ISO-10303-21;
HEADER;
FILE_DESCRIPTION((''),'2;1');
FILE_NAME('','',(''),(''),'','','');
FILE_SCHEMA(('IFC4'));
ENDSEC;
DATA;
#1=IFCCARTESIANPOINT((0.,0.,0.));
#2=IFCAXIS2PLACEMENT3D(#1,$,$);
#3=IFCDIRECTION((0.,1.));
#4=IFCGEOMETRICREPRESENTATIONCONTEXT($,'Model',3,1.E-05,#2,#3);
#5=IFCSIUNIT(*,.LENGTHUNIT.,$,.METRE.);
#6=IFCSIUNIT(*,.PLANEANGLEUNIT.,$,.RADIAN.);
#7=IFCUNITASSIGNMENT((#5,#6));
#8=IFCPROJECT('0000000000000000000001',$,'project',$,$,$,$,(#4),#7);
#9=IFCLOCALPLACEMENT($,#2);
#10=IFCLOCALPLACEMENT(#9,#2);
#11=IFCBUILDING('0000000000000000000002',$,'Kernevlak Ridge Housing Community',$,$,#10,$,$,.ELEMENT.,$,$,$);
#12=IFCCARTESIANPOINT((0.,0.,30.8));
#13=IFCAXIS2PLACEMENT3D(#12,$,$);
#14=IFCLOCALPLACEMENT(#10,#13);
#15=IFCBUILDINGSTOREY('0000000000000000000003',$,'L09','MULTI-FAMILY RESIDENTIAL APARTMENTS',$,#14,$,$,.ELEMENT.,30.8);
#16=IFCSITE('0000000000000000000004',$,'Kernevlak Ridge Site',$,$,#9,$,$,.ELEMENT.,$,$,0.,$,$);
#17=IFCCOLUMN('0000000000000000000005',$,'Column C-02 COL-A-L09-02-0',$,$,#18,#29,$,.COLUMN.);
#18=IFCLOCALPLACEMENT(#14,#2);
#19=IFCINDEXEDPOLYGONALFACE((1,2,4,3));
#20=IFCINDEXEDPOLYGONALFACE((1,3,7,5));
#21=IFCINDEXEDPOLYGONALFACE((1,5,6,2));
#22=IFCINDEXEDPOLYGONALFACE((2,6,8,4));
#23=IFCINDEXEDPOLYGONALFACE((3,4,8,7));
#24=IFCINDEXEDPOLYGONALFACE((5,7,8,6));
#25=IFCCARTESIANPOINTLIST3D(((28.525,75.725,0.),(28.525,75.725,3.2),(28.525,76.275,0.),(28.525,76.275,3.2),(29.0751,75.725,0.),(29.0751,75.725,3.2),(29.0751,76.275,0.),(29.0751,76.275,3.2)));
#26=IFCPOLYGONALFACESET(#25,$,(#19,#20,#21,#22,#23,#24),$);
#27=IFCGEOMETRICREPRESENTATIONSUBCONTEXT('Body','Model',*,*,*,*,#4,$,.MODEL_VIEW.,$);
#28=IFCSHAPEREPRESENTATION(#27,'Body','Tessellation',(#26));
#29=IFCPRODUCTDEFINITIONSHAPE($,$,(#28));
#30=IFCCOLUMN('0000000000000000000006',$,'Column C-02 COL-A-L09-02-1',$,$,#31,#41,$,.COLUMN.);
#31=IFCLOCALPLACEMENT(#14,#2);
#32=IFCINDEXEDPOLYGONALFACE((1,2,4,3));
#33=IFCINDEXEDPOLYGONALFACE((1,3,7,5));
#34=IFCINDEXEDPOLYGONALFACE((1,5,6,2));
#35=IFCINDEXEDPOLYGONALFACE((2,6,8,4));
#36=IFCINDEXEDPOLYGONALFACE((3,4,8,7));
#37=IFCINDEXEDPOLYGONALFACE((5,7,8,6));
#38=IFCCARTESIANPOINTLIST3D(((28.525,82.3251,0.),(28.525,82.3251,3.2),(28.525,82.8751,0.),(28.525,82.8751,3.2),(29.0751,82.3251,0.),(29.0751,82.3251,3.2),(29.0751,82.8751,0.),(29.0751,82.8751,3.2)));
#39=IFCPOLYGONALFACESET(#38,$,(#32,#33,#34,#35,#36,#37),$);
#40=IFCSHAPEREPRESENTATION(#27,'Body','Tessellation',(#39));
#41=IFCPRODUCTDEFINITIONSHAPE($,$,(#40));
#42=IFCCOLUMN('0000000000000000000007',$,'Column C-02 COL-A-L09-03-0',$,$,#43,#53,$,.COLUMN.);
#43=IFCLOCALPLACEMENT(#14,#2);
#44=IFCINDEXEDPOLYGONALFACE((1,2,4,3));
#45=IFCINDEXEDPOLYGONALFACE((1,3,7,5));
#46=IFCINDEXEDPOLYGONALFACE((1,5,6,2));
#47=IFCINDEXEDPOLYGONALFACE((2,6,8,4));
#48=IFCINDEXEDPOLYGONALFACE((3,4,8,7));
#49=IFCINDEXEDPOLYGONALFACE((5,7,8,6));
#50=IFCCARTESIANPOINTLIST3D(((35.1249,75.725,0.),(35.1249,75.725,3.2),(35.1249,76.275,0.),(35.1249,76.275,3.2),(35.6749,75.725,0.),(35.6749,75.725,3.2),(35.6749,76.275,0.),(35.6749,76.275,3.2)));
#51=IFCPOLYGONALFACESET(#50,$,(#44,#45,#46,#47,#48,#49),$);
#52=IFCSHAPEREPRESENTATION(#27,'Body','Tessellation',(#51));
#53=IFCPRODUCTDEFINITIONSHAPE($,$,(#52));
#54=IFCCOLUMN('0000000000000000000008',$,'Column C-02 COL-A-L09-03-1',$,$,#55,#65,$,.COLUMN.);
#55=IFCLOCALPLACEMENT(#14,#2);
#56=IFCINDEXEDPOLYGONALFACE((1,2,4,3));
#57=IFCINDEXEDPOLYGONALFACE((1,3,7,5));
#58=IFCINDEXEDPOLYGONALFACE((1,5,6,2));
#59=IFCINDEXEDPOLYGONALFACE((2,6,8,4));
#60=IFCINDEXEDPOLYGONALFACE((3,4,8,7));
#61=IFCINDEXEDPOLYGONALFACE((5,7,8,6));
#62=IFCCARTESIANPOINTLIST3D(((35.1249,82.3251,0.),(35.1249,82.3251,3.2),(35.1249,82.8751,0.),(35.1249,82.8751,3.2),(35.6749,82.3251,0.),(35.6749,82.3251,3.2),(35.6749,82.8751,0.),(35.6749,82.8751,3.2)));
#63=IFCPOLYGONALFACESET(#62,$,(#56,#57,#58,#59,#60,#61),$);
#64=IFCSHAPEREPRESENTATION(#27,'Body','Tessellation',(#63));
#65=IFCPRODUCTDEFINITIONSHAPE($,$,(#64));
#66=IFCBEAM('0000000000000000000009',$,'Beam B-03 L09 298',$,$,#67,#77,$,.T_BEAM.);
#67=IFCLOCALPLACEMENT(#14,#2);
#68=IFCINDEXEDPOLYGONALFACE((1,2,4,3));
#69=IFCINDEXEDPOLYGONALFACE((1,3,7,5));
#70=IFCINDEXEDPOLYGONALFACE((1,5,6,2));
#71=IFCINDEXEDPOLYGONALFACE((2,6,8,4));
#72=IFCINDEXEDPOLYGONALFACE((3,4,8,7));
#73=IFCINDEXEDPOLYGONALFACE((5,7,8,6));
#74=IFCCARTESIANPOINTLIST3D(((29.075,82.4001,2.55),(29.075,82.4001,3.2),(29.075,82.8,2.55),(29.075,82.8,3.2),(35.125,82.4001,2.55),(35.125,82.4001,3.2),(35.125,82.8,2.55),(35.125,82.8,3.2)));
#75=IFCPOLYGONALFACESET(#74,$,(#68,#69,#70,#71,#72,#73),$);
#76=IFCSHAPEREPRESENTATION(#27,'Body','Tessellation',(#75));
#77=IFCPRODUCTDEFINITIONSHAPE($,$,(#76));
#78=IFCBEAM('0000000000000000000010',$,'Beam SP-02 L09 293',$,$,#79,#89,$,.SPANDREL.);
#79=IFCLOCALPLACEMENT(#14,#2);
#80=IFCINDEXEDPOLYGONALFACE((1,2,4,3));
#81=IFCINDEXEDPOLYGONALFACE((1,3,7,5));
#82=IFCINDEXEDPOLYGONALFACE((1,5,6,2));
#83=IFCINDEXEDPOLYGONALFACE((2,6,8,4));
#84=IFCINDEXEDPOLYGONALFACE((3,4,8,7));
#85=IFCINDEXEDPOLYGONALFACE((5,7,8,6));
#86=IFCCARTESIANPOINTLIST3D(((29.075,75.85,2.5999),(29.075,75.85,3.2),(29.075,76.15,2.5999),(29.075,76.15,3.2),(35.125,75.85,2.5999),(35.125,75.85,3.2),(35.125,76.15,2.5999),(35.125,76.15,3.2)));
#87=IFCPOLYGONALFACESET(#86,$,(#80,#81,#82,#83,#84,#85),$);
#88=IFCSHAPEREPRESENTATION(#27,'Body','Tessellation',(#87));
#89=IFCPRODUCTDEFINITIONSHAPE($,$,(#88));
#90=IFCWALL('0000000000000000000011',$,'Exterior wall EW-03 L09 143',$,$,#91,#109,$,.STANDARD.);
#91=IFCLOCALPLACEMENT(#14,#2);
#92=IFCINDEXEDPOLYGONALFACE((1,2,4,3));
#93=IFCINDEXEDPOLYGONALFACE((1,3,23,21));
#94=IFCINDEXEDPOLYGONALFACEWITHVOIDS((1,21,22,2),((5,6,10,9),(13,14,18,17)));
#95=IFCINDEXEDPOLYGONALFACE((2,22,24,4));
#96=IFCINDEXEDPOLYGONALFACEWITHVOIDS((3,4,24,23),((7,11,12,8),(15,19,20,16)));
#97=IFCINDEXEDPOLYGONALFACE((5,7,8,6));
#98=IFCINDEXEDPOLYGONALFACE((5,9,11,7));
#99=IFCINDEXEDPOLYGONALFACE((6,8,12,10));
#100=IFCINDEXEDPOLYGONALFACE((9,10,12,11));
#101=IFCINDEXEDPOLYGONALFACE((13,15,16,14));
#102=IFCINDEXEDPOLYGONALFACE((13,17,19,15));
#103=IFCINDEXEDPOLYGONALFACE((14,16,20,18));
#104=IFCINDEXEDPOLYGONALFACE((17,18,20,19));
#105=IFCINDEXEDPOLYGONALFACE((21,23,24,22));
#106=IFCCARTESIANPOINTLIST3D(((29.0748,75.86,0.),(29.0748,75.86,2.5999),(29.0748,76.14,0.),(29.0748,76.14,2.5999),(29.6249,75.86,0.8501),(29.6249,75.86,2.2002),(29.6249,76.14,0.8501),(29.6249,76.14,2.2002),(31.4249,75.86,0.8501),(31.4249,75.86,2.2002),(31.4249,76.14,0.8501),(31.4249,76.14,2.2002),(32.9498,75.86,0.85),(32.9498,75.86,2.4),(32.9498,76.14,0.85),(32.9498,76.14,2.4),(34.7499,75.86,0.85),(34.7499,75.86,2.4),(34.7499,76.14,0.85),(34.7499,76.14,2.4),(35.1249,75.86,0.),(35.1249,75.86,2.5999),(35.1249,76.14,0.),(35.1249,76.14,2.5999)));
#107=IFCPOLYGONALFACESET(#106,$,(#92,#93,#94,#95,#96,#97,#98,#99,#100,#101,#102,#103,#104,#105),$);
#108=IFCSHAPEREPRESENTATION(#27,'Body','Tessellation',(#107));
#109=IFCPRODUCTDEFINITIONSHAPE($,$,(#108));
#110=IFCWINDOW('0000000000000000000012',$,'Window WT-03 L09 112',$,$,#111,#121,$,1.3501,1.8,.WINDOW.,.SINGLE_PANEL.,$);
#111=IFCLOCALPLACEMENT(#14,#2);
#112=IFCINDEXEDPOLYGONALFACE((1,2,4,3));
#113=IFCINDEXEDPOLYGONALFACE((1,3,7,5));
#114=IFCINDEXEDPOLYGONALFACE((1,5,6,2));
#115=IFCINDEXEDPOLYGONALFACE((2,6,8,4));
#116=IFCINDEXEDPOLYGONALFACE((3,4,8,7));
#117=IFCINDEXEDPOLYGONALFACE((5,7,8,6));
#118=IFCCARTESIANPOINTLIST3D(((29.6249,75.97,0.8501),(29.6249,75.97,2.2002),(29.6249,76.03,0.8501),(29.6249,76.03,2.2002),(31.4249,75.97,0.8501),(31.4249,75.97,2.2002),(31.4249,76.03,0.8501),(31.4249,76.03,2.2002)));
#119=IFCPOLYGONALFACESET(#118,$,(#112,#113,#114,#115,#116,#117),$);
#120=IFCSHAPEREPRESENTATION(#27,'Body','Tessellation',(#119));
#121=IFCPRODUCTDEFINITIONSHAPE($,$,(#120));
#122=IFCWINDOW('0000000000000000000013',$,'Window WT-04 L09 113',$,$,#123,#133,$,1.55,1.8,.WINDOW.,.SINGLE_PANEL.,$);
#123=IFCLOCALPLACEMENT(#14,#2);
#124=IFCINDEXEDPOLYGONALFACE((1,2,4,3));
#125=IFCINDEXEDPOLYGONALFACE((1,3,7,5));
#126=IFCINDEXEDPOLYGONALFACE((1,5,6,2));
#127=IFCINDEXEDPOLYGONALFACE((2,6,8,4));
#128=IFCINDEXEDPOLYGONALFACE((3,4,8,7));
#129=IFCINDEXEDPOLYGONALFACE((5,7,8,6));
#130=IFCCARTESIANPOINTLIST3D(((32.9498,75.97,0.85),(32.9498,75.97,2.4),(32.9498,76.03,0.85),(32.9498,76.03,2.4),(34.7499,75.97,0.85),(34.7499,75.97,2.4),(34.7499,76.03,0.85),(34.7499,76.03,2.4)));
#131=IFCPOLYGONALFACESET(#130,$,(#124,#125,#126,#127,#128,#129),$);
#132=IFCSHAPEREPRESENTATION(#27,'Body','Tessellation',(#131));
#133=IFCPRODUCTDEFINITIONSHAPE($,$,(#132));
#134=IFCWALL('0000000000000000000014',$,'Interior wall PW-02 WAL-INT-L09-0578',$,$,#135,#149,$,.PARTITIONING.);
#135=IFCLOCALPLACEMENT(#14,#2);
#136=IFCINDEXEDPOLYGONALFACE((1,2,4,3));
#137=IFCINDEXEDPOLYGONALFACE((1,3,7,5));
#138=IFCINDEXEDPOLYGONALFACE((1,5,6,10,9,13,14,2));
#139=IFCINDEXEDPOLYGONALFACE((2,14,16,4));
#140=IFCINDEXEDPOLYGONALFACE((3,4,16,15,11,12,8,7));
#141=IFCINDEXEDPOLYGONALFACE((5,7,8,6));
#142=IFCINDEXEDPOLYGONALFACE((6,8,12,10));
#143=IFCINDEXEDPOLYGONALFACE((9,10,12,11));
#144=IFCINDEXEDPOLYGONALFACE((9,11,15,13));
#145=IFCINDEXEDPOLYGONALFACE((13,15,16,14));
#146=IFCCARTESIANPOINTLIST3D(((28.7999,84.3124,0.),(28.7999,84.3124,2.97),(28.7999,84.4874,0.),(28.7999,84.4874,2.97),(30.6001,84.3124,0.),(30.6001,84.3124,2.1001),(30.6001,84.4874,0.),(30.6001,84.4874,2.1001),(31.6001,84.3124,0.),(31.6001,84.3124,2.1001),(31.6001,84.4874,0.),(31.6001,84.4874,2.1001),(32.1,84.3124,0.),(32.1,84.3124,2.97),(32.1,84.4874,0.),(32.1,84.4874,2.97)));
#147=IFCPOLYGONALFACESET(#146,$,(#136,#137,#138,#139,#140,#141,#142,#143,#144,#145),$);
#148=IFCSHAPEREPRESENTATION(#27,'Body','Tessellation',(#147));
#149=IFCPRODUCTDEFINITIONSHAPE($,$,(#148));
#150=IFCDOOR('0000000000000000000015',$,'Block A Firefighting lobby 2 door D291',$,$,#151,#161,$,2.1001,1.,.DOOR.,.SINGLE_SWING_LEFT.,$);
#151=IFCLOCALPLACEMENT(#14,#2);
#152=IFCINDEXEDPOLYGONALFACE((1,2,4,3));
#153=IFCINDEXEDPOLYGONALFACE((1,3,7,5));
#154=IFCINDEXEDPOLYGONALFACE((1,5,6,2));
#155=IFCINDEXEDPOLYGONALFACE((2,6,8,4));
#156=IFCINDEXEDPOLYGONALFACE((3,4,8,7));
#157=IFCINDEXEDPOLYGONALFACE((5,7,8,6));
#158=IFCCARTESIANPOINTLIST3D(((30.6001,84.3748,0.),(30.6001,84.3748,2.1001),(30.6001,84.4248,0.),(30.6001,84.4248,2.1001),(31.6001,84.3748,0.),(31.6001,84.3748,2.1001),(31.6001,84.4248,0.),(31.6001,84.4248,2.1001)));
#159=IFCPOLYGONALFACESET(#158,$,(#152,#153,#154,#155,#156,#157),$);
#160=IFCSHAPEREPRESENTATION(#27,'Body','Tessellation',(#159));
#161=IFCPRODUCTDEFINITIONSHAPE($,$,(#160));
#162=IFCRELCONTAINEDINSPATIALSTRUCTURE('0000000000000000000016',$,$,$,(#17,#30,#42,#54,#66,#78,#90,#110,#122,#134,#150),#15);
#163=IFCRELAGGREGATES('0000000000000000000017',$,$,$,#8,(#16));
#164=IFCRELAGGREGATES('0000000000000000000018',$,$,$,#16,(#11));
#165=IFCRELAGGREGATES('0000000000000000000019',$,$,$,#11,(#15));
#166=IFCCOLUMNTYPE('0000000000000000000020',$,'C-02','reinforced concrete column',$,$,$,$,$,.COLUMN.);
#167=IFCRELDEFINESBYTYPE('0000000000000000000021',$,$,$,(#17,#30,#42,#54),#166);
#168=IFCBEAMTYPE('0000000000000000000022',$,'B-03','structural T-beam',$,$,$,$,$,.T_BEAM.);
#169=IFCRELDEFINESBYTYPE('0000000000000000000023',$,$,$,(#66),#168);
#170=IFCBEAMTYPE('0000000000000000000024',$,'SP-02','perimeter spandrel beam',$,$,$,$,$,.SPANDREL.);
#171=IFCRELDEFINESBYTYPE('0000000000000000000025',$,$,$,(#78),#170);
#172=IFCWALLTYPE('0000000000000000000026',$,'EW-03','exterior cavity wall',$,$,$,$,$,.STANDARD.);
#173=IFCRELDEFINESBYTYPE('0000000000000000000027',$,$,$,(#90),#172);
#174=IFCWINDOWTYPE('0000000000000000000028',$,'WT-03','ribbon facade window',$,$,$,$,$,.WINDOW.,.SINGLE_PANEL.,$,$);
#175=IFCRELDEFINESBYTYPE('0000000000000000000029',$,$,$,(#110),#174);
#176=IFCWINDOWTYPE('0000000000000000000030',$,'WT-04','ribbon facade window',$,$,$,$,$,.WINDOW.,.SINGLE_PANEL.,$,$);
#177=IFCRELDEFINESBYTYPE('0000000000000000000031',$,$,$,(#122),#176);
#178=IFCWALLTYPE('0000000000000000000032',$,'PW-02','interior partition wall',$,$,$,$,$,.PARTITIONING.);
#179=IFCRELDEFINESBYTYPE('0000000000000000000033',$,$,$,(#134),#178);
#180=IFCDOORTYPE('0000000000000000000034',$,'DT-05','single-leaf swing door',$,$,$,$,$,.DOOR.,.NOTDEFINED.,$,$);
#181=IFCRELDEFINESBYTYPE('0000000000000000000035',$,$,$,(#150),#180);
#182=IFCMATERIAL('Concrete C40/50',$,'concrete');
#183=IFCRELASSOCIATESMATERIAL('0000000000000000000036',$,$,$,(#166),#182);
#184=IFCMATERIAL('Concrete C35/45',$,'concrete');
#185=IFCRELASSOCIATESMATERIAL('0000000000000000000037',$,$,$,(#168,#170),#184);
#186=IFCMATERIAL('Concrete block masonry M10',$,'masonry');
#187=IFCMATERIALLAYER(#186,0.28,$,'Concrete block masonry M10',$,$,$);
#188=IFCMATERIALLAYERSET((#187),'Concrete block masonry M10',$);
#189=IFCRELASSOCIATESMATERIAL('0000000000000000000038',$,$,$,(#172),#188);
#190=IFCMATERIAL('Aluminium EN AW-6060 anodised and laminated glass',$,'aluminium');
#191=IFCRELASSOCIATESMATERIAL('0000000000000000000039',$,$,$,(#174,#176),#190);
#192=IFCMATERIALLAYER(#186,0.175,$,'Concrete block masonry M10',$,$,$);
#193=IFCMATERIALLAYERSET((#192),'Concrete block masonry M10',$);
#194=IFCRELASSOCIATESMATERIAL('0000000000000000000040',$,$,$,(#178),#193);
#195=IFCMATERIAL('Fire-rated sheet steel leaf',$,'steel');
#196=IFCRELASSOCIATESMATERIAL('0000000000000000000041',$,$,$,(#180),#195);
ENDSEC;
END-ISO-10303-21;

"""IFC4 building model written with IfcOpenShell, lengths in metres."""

from ifc_helpers import new_model, si_unit, direction, frame, frame_2d, origin, origin_2d, place, context, subcontext, project, spatial, rectangle, extrude, material, layer, layer_set, material_profile, profile_set, type_object, element, fill, save


model = new_model("IFC4")

# Units and contexts
model_context = context("Model", 3, precision=1e-05, world=origin(), true_north=direction((0.0, 1.0)))
body_context = subcontext(model_context, "Body", "Model", "MODEL_VIEW")
ifc_project = project(units=[si_unit("LENGTHUNIT", "METRE"), si_unit("PLANEANGLEUNIT", "RADIAN")], contexts=[model_context])

# Site, building, storey
site_placement = place(None, origin())
site = spatial("IfcSite", under=ifc_project, at=site_placement, Name="Kernevlak Ridge Site", CompositionType="ELEMENT", RefElevation=0.0)
building_placement = place(site_placement, origin())
building = spatial("IfcBuilding", under=site, at=building_placement, Name="Kernevlak Ridge Housing Community", CompositionType="ELEMENT")
storey_placement = place(building_placement, frame((0.0, 0.0, 30.8)))
storey = spatial("IfcBuildingStorey", under=building, at=storey_placement, Name="L09", Description="MULTI-FAMILY RESIDENTIAL APARTMENTS", CompositionType="ELEMENT", Elevation=30.8)

# Columns
ifc_material_1 = material(Name="Concrete C40/50", Category="concrete")
ifc_material_profile_1 = material_profile(ifc_material_1, rectangle(XDim=0.55, YDim=0.55, at=origin_2d()), Name="RC 550x550")
ifc_profile_set_1 = profile_set([ifc_material_profile_1], Name="Concrete C40/50")
column_type = type_object("IfcColumnType", Name="C-02", Description="reinforced concrete column", PredefinedType="COLUMN", material=ifc_profile_set_1)
for number, where, z_axis, x_axis, name in (
    (1, (28.8, 76.0, 0.0), (0.0, 0.0, 1.0), (1.0, 0.0, 0.0), "Column C-02 COL-A-L09-02-0"),
    (2, (28.8, 82.6001, 0.0), (0.0, 0.0, 1.0), (1.0, 0.0, 0.0), "Column C-02 COL-A-L09-02-1"),
    (3, (35.3999, 76.0, 0.0), (0.0, 0.0, 1.0), (1.0, 0.0, 0.0), "Column C-02 COL-A-L09-03-0"),
    (4, (35.3999, 82.6001, 0.0), (0.0, 0.0, 1.0), (1.0, 0.0, 0.0), "Column C-02 COL-A-L09-03-1"),
):
    element("IfcColumn", number, at=place(storey_placement, frame(where, z_axis=z_axis, x_axis=x_axis)), inside=storey, type_object=column_type, Name=name, PredefinedType="COLUMN", context=body_context, shape_type="SweptSolid", body=[
        extrude(rectangle(XDim=0.55, YDim=0.55, at=origin_2d()), origin(), (0.0, 0.0, 1.0), 3.2),
    ])

# Beams
ifc_material_2 = material(Name="Concrete C35/45", Category="concrete")
ifc_material_profile_2 = material_profile(ifc_material_2, rectangle(XDim=0.3999, YDim=0.6499, at=origin_2d()), Name="RC 400x650")
ifc_profile_set_2 = profile_set([ifc_material_profile_2], Name="Concrete C35/45")
beam_type_1 = type_object("IfcBeamType", Name="B-03", Description="structural T-beam", PredefinedType="T_BEAM", material=ifc_profile_set_2)
beam_1_placement = place(storey_placement, frame((29.075, 82.6001, 2.875), z_axis=(1.0, 0.0, 0.0), x_axis=(0.0, 1.0, 0.0)))
element("IfcBeam", 5, at=beam_1_placement, inside=storey, type_object=beam_type_1, Name="Beam B-03 L09 298", PredefinedType="T_BEAM", context=body_context, shape_type="SweptSolid", body=[
    extrude(rectangle(XDim=0.3999, YDim=0.6499, at=origin_2d()), origin(), (0.0, 0.0, 1.0), 6.05),
])
ifc_material_profile_3 = material_profile(ifc_material_2, rectangle(XDim=0.3, YDim=0.6001, at=origin_2d()), Name="RC 300x600")
ifc_profile_set_3 = profile_set([ifc_material_profile_3], Name="Concrete C35/45")
beam_type_2 = type_object("IfcBeamType", Name="SP-02", Description="perimeter spandrel beam", PredefinedType="SPANDREL", material=ifc_profile_set_3)
beam_2_placement = place(storey_placement, frame((29.075, 76.0, 2.8999), z_axis=(1.0, 0.0, 0.0), x_axis=(0.0, 1.0, 0.0)))
element("IfcBeam", 6, at=beam_2_placement, inside=storey, type_object=beam_type_2, Name="Beam SP-02 L09 293", PredefinedType="SPANDREL", context=body_context, shape_type="SweptSolid", body=[
    extrude(rectangle(XDim=0.3, YDim=0.6001, at=origin_2d()), origin(), (0.0, 0.0, 1.0), 6.05),
])

# Wall, openings, windows
ifc_material_3 = material(Name="Concrete block masonry M10", Category="masonry")
ifc_layer_1 = layer(ifc_material_3, 0.28, Name="Concrete block masonry M10")
ifc_layer_set_1 = layer_set([ifc_layer_1], Name="Concrete block masonry M10")
wall_type_1 = type_object("IfcWallType", Name="EW-03", Description="exterior cavity wall", PredefinedType="STANDARD", material=ifc_layer_set_1)
wall_1_placement = place(storey_placement, frame((29.075, 76.0, 0.0), z_axis=(0.0, 0.0, 1.0), x_axis=(1.0, 0.0, 0.0)))
wall_1 = element("IfcWall", 7, at=wall_1_placement, inside=storey, type_object=wall_type_1, Name="Exterior wall EW-03 L09 143", PredefinedType="STANDARD", context=body_context, shape_type="SweptSolid", body=[
    extrude(rectangle(XDim=6.05, YDim=0.28, at=frame_2d((3.0249, 0.0))), origin(), (0.0, 0.0, 1.0), 2.5999),
])
opening_1_placement = place(wall_1_placement, frame((0.55, 0.0, 0.8501)))
opening_1 = element("IfcOpeningElement", 8, at=opening_1_placement, cuts=wall_1, PredefinedType="OPENING", context=body_context, shape_type="SweptSolid", body=[
    extrude(rectangle(XDim=1.8, YDim=1.3501, at=frame_2d((0.8999, 0.675))), frame((0.0, 0.1499, 0.0), z_axis=(0.0, -1.0, 0.0), x_axis=(1.0, 0.0, 0.0)), (0.0, 0.0, 1.0), 0.3),
])
opening_2_placement = place(wall_1_placement, frame((3.875, 0.0, 0.8501)))
opening_2 = element("IfcOpeningElement", 9, at=opening_2_placement, cuts=wall_1, PredefinedType="OPENING", context=body_context, shape_type="SweptSolid", body=[
    extrude(rectangle(XDim=1.8, YDim=1.55, at=frame_2d((0.8999, 0.7749))), frame((0.0, 0.1499, 0.0), z_axis=(0.0, -1.0, 0.0), x_axis=(1.0, 0.0, 0.0)), (0.0, 0.0, 1.0), 0.3),
])
ifc_material_4 = material(Name="Aluminium EN AW-6060 anodised and laminated glass", Category="aluminium")
window_type_1 = type_object("IfcWindowType", Name="WT-03", Description="ribbon facade window", PartitioningType="SINGLE_PANEL", PredefinedType="WINDOW", material=ifc_material_4)
window_1_placement = place(opening_1_placement, origin())
window_1 = element("IfcWindow", 10, at=window_1_placement, inside=storey, type_object=window_type_1, Name="Window WT-03 L09 112", OverallHeight=1.3501, OverallWidth=1.8, PartitioningType="SINGLE_PANEL", PredefinedType="WINDOW", context=body_context, shape_type="SweptSolid", body=[
    extrude(rectangle(XDim=1.8, YDim=1.3501, at=frame_2d((0.8999, 0.675))), frame((0.0, 0.03, 0.0), z_axis=(0.0, -1.0, 0.0), x_axis=(1.0, 0.0, 0.0)), (0.0, 0.0, 1.0), 0.0601),
])
fill(opening_1, window_1)
window_type_2 = type_object("IfcWindowType", Name="WT-04", Description="ribbon facade window", PartitioningType="SINGLE_PANEL", PredefinedType="WINDOW", material=ifc_material_4)
window_2_placement = place(opening_2_placement, origin())
window_2 = element("IfcWindow", 11, at=window_2_placement, inside=storey, type_object=window_type_2, Name="Window WT-04 L09 113", OverallHeight=1.55, OverallWidth=1.8, PartitioningType="SINGLE_PANEL", PredefinedType="WINDOW", context=body_context, shape_type="SweptSolid", body=[
    extrude(rectangle(XDim=1.8, YDim=1.55, at=frame_2d((0.8999, 0.7749))), frame((0.0, 0.03, 0.0), z_axis=(0.0, -1.0, 0.0), x_axis=(1.0, 0.0, 0.0)), (0.0, 0.0, 1.0), 0.0601),
])
fill(opening_2, window_2)

# Wall, opening, door
ifc_layer_2 = layer(ifc_material_3, 0.175, Name="Concrete block masonry M10")
ifc_layer_set_2 = layer_set([ifc_layer_2], Name="Concrete block masonry M10")
wall_type_2 = type_object("IfcWallType", Name="PW-02", Description="interior partition wall", PredefinedType="PARTITIONING", material=ifc_layer_set_2)
wall_2_placement = place(storey_placement, frame((28.8, 84.3999, 0.0), z_axis=(0.0, 0.0, 1.0), x_axis=(1.0, 0.0, 0.0)))
wall_2 = element("IfcWall", 12, at=wall_2_placement, inside=storey, type_object=wall_type_2, Name="Interior wall PW-02 WAL-INT-L09-0578", PredefinedType="PARTITIONING", context=body_context, shape_type="SweptSolid", body=[
    extrude(rectangle(XDim=3.3, YDim=0.175, at=frame_2d((1.6499, 0.0))), origin(), (0.0, 0.0, 1.0), 2.97),
])
opening_3_placement = place(wall_2_placement, frame((1.8, 0.0, 0.0)))
opening_3 = element("IfcOpeningElement", 13, at=opening_3_placement, cuts=wall_2, PredefinedType="OPENING", context=body_context, shape_type="SweptSolid", body=[
    extrude(rectangle(XDim=1.0, YDim=2.1001, at=frame_2d((0.5, 1.05))), frame((0.0, 0.0974, 0.0), z_axis=(0.0, -1.0, 0.0), x_axis=(1.0, 0.0, 0.0)), (0.0, 0.0, 1.0), 0.1951),
])
ifc_material_5 = material(Name="Fire-rated sheet steel leaf", Category="steel")
door_type_1 = type_object("IfcDoorType", Name="DT-05", Description="single-leaf swing door", OperationType="NOTDEFINED", PredefinedType="DOOR", material=ifc_material_5)
door_1_placement = place(opening_3_placement, origin())
door_1 = element("IfcDoor", 14, at=door_1_placement, inside=storey, type_object=door_type_1, Name="Block A Firefighting lobby 2 door D291", OperationType="SINGLE_SWING_LEFT", OverallHeight=2.1001, OverallWidth=1.0, PredefinedType="DOOR", context=body_context, shape_type="SweptSolid", body=[
    extrude(rectangle(XDim=1.0, YDim=2.1001, at=frame_2d((0.5, 1.05))), frame((0.0, 0.0249, 0.0), z_axis=(0.0, -1.0, 0.0), x_axis=(1.0, 0.0, 0.0)), (0.0, 0.0, 1.0), 0.05),
])
fill(opening_3, door_1)

save(model, "model.ifc")
